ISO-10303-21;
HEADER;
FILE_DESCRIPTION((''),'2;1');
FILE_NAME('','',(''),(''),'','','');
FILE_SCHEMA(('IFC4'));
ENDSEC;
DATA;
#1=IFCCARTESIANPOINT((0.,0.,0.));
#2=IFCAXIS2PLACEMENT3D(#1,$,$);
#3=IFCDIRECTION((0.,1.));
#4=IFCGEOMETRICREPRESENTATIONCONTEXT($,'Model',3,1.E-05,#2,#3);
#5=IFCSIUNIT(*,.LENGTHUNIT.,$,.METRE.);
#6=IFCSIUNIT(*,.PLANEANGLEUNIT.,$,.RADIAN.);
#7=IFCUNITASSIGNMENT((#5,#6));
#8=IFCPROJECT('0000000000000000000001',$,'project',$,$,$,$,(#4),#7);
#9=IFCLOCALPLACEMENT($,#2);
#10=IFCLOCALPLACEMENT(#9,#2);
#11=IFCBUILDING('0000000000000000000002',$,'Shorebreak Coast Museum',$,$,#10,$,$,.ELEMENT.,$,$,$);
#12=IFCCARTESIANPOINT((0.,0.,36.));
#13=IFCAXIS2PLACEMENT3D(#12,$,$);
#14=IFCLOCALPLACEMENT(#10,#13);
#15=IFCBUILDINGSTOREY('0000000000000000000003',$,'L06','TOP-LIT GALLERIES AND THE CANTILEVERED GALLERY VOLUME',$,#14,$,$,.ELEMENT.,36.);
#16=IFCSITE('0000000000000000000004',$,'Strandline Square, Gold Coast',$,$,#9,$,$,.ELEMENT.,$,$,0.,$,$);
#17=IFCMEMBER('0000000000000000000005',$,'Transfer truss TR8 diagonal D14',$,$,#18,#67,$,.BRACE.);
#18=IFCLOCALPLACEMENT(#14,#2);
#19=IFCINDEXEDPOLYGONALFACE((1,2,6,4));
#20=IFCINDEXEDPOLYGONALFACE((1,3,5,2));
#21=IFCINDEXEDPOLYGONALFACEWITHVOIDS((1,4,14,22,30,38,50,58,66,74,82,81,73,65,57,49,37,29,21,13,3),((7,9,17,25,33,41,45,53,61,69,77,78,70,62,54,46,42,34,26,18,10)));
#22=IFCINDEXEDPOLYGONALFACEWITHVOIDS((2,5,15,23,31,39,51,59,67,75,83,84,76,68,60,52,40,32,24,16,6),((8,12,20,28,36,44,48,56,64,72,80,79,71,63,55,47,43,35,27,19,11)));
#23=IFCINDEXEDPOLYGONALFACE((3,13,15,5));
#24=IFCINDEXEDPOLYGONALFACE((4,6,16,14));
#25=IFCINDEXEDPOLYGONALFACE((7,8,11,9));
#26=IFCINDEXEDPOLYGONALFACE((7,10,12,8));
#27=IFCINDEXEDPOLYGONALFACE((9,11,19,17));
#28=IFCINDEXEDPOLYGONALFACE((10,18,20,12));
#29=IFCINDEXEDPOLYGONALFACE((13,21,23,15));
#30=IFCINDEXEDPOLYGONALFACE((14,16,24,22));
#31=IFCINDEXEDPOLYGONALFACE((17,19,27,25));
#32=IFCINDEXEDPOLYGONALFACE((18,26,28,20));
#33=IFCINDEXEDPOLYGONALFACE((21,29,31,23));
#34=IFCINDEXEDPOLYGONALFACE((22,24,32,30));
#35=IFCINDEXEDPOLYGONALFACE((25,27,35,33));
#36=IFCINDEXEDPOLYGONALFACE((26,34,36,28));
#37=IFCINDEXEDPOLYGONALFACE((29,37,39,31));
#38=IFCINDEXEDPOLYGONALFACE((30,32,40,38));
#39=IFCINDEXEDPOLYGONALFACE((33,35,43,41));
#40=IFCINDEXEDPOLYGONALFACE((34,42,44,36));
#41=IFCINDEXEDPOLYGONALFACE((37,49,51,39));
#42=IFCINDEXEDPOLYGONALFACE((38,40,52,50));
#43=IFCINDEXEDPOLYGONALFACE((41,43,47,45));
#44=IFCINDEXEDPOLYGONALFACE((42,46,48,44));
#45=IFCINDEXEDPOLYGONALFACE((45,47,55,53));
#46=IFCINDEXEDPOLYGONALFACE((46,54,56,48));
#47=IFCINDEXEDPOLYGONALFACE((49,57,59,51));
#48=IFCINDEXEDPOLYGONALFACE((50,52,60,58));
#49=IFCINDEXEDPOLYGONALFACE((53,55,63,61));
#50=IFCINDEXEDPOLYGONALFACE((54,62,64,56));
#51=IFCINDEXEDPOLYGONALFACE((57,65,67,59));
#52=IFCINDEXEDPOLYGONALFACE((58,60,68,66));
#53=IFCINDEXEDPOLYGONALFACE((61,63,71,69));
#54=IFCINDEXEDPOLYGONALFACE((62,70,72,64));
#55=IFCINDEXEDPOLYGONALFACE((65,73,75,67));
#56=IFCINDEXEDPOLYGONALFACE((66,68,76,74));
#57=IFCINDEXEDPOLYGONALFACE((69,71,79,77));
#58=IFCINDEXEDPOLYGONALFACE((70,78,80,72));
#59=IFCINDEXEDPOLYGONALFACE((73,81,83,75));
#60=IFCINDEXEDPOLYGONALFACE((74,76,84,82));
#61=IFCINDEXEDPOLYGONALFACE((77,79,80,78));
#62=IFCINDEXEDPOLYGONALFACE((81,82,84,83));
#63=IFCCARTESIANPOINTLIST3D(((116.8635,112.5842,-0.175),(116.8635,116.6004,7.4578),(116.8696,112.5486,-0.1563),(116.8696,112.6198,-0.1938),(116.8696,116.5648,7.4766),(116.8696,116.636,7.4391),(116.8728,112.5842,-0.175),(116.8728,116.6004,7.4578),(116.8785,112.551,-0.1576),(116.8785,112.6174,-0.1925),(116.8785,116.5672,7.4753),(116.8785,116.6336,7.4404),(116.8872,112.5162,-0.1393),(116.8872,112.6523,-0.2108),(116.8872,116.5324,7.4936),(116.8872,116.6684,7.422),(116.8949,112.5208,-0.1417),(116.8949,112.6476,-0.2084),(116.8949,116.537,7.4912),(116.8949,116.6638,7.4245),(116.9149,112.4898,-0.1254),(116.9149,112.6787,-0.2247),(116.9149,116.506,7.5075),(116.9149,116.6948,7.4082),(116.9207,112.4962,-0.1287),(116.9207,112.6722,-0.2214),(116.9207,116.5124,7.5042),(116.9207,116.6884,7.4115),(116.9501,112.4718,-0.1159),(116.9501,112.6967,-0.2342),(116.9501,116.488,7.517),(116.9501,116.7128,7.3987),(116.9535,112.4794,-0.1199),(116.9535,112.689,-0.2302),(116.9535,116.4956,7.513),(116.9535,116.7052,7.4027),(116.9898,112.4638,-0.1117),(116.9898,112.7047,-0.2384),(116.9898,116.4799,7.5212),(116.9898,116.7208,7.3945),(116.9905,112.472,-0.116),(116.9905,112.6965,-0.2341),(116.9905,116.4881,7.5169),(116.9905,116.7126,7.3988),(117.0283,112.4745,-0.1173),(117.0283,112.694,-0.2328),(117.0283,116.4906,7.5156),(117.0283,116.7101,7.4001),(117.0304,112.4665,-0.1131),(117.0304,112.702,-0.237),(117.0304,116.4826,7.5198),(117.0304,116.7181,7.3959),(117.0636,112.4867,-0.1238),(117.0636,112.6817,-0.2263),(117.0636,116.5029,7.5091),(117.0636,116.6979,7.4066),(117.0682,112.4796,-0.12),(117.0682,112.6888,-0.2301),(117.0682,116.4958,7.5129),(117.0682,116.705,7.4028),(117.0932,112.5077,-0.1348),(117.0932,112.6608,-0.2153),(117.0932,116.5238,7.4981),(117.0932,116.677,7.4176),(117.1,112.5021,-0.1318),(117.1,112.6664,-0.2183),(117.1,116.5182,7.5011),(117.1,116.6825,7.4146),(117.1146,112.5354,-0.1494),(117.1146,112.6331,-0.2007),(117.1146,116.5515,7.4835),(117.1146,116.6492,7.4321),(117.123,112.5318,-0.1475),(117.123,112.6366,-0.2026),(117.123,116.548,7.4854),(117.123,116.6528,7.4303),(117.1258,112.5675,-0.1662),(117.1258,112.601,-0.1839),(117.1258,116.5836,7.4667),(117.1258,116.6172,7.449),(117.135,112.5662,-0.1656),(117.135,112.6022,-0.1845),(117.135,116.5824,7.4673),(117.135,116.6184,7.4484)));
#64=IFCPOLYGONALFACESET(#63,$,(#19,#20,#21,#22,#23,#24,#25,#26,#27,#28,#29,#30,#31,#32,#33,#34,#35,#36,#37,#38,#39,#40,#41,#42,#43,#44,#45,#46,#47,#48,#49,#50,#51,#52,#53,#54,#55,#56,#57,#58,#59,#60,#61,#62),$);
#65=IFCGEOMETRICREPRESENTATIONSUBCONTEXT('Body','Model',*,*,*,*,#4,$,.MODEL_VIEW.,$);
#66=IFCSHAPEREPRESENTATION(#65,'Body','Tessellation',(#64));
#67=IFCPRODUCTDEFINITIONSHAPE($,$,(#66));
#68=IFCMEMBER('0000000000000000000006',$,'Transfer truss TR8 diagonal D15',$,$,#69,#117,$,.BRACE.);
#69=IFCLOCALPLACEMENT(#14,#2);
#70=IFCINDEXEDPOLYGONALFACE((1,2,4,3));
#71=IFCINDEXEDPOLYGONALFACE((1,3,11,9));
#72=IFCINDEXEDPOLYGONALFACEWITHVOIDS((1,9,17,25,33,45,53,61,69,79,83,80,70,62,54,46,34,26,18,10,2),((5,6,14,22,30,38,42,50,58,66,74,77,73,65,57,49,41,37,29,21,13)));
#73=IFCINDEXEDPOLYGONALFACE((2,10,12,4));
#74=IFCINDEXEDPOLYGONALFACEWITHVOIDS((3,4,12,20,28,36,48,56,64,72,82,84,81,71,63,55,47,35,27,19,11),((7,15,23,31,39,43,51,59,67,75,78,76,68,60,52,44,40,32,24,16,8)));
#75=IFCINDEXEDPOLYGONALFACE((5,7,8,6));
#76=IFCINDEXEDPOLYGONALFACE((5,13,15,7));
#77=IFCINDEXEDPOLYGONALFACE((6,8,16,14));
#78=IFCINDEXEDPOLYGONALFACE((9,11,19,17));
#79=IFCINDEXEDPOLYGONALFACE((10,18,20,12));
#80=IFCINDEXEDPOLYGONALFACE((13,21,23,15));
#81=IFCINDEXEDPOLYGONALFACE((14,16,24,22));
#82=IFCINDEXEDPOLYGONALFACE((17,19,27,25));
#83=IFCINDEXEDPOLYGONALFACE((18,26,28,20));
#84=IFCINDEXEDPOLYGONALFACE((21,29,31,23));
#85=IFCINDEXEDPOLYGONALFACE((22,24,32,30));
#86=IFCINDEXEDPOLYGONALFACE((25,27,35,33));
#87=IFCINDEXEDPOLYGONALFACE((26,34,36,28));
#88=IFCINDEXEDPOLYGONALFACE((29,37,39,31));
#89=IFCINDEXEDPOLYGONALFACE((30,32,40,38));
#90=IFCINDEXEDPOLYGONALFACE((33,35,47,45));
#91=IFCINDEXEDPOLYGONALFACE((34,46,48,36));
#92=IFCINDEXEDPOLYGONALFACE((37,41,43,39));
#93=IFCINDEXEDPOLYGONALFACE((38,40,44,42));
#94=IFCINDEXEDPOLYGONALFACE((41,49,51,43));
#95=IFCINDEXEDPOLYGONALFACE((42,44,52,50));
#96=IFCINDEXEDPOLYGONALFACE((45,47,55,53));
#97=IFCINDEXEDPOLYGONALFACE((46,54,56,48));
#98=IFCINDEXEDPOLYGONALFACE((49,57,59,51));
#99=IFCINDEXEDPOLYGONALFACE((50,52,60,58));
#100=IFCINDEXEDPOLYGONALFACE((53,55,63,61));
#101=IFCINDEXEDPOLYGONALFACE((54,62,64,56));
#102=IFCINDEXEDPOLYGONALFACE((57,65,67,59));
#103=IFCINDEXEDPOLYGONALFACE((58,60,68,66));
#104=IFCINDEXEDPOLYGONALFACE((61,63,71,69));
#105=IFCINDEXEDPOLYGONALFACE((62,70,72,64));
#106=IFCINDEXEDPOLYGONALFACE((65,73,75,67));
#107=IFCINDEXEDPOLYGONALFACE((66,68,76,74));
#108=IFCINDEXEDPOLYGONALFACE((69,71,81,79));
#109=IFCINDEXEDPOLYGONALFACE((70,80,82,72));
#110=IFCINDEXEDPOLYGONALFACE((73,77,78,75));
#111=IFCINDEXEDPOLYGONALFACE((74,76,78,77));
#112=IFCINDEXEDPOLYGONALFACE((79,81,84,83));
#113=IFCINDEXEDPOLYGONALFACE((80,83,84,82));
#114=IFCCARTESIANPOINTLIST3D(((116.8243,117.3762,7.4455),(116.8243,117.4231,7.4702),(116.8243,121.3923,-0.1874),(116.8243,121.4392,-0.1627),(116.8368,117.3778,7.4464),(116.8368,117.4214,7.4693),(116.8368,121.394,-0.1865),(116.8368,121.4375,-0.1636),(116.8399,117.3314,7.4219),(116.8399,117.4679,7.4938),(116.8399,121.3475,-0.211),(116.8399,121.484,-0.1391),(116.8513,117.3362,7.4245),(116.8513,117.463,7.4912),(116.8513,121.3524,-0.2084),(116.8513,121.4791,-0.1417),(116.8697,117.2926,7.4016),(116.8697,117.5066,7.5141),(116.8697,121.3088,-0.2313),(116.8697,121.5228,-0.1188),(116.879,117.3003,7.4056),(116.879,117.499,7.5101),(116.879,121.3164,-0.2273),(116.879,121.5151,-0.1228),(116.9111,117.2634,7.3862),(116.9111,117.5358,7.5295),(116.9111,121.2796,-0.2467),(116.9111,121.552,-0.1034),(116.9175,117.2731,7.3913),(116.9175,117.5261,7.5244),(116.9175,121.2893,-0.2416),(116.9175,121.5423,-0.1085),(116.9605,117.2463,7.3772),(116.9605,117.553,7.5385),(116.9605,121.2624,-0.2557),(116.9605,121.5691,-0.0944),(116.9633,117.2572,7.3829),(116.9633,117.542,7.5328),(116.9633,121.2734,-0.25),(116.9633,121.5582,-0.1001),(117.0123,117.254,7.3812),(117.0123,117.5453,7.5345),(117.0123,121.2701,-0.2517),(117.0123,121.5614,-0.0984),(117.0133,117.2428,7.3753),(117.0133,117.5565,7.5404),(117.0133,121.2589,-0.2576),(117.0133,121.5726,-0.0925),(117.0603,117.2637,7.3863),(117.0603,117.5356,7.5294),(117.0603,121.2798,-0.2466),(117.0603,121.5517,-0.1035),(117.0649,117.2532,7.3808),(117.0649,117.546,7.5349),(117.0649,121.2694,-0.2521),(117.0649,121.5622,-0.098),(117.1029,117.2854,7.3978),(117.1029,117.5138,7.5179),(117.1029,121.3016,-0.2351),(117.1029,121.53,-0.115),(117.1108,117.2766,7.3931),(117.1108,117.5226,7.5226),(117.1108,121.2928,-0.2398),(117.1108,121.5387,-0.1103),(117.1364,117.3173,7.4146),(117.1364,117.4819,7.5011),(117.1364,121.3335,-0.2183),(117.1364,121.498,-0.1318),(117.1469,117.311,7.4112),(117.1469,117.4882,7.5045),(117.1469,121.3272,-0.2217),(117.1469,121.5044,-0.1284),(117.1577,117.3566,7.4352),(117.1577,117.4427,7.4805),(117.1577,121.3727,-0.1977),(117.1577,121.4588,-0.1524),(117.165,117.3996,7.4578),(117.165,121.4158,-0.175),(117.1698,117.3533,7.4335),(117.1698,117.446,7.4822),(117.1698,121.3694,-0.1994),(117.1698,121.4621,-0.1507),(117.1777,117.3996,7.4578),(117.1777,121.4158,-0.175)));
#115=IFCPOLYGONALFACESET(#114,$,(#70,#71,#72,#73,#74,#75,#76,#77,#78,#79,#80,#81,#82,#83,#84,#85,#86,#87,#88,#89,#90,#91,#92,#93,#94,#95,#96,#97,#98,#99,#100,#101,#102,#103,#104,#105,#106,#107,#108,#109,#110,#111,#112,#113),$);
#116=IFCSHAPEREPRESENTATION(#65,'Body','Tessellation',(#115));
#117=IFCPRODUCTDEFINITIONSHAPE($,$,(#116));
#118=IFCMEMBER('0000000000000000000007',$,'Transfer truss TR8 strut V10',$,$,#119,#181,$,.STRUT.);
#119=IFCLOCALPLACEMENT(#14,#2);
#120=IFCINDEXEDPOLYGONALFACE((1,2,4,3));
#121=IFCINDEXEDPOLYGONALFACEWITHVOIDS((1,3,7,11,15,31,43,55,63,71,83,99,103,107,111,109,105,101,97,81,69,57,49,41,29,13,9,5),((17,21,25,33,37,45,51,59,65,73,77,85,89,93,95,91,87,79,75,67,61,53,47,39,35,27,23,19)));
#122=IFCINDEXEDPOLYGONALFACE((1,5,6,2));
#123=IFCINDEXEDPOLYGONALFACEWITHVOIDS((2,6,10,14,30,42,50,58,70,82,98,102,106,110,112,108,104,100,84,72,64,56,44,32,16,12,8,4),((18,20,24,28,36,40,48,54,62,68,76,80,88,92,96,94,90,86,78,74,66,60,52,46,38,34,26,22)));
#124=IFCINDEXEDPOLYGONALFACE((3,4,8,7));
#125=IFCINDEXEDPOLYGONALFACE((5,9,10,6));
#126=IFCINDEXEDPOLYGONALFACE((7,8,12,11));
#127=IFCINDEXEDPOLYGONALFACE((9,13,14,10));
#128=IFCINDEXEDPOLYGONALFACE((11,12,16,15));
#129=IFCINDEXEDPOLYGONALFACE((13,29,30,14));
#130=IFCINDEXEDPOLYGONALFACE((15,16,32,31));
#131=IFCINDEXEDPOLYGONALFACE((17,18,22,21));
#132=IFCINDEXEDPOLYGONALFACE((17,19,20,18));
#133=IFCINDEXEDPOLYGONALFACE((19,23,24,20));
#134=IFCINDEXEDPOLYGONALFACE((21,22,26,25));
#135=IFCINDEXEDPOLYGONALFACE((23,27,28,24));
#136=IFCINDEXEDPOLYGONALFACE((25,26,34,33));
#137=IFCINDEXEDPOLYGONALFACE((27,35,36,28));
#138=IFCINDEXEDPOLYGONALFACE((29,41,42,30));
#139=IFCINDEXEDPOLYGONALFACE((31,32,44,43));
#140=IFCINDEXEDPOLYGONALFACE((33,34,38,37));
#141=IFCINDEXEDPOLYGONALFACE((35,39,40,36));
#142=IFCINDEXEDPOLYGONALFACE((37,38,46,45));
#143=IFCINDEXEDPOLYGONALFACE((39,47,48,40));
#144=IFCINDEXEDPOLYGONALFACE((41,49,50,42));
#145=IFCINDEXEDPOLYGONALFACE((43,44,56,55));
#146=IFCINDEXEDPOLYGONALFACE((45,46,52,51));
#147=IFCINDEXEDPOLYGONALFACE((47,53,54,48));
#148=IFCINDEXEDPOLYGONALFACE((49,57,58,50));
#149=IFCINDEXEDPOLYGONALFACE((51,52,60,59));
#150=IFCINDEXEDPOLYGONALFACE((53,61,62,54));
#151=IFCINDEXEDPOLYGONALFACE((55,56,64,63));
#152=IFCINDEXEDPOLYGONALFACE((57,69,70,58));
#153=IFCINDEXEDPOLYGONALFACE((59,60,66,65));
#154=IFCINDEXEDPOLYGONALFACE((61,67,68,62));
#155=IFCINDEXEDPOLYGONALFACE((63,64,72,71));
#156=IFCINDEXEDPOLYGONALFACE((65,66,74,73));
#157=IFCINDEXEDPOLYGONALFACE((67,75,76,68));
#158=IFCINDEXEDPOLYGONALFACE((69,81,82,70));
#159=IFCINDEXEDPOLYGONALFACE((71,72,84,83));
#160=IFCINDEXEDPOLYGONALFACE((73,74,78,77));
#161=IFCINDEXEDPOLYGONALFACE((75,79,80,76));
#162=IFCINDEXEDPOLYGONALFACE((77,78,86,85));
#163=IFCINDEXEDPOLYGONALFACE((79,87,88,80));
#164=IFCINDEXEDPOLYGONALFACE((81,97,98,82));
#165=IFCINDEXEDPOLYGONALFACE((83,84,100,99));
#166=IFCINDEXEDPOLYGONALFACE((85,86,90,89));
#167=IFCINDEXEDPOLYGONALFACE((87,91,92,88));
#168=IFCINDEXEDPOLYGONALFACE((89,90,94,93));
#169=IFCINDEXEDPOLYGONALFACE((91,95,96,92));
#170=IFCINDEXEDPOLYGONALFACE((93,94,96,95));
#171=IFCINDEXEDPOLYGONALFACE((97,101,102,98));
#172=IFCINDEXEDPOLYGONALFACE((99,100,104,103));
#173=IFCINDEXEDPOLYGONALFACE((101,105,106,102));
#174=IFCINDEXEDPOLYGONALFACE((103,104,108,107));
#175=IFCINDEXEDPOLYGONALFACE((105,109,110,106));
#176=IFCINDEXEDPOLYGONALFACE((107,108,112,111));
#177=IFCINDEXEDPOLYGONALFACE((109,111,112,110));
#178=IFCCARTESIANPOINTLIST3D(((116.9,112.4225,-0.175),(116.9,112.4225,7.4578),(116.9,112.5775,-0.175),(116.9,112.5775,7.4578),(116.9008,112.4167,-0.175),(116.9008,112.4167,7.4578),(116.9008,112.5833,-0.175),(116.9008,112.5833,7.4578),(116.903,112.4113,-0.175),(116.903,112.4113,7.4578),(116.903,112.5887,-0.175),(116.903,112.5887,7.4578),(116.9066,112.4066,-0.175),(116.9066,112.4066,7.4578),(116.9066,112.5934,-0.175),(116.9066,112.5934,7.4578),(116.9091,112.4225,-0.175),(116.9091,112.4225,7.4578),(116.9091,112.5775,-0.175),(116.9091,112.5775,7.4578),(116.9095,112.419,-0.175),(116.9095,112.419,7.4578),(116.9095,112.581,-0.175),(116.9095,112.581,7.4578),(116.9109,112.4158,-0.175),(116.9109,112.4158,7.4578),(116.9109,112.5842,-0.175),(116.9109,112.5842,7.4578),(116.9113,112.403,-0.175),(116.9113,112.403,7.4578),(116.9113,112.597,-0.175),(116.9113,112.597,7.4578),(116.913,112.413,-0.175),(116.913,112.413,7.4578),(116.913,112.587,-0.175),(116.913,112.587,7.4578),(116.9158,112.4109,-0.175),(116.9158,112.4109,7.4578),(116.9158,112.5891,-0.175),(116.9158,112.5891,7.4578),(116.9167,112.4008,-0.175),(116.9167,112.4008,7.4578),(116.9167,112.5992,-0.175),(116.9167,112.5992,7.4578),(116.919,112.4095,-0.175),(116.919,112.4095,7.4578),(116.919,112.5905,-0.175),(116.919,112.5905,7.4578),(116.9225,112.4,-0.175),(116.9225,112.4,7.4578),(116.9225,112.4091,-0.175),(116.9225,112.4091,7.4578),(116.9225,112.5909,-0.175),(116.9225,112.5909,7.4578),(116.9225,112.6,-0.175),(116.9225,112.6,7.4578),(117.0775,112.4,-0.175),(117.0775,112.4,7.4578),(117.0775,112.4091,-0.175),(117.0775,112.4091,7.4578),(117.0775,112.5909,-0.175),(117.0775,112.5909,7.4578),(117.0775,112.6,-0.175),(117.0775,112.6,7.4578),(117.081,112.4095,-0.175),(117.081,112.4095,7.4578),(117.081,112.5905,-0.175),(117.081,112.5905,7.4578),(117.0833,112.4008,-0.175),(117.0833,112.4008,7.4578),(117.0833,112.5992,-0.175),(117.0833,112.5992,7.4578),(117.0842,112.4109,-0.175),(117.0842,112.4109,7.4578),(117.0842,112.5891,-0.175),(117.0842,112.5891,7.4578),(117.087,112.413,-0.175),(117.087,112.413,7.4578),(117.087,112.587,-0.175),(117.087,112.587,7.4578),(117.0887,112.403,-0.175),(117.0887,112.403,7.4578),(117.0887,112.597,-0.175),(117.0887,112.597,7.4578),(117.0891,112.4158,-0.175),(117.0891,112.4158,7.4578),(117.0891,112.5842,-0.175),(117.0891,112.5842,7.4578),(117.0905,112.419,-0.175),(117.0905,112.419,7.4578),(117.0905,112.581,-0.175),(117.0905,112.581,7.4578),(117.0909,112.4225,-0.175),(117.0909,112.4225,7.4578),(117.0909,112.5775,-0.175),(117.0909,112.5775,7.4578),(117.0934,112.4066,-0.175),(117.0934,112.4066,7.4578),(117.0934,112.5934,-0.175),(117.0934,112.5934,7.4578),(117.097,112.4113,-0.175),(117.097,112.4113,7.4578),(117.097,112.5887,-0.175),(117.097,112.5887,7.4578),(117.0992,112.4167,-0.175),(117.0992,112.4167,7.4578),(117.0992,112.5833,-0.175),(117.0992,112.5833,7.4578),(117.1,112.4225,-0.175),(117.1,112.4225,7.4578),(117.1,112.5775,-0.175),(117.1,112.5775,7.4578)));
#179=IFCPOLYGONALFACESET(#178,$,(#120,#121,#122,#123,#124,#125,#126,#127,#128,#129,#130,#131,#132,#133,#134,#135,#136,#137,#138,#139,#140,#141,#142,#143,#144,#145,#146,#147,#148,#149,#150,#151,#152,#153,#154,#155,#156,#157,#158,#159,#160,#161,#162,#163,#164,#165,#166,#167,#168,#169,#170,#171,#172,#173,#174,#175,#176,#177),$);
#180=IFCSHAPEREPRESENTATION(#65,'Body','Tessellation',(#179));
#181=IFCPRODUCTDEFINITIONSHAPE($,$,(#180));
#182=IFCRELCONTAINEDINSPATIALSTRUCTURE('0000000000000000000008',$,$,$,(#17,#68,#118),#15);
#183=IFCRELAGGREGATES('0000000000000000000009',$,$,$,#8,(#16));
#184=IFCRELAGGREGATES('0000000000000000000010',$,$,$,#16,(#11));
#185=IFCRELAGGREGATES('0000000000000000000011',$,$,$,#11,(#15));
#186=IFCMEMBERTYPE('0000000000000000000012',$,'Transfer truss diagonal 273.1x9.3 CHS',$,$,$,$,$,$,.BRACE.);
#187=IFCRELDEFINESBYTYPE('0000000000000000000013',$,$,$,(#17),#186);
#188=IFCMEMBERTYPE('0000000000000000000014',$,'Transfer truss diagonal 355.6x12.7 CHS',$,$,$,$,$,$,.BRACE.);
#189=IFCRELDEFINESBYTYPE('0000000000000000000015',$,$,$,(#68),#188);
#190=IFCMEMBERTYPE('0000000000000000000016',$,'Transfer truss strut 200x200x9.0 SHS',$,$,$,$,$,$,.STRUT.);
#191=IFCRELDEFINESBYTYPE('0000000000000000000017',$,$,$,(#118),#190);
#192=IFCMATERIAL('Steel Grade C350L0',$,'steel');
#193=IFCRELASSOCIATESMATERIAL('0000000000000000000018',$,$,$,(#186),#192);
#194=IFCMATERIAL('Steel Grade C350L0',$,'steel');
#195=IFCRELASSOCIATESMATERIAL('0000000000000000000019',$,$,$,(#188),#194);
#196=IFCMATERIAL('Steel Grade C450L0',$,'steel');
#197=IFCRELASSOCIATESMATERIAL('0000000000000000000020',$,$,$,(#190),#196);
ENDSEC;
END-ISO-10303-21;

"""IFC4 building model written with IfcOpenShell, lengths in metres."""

from ifc_helpers import new_model, si_unit, direction, frame, origin, origin_2d, place, context, subcontext, project, spatial, hollow_rectangle, hollow_circle, extrude, material, material_profile, profile_set, type_object, element, save


model = new_model("IFC4")

# Units and contexts
model_context = context("Model", 3, precision=1e-05, world=origin(), true_north=direction((0.0, 1.0)))
body_context = subcontext(model_context, "Body", "Model", "MODEL_VIEW")
ifc_project = project(units=[si_unit("LENGTHUNIT", "METRE"), si_unit("PLANEANGLEUNIT", "RADIAN")], contexts=[model_context])

# Site, building, storey
site_placement = place(None, origin())
site = spatial("IfcSite", under=ifc_project, at=site_placement, Name="Strandline Square, Gold Coast", CompositionType="ELEMENT", RefElevation=0.0)
building_placement = place(site_placement, origin())
building = spatial("IfcBuilding", under=site, at=building_placement, Name="Shorebreak Coast Museum", CompositionType="ELEMENT")
storey_placement = place(building_placement, frame((0.0, 0.0, 36.0)))
storey = spatial("IfcBuildingStorey", under=building, at=storey_placement, Name="L06", Description="TOP-LIT GALLERIES AND THE CANTILEVERED GALLERY VOLUME", CompositionType="ELEMENT", Elevation=36.0)

# Members
ifc_material_1 = material(Name="Steel Grade C350L0", Category="steel")
ifc_material_profile_1 = material_profile(ifc_material_1, hollow_circle(Radius=0.1365, WallThickness=0.0093, at=origin_2d()), Name="273.1x9.3 CHS")
ifc_profile_set_1 = profile_set([ifc_material_profile_1], Name="Steel Grade C350L0")
member_type_1 = type_object("IfcMemberType", Name="Transfer truss diagonal 273.1x9.3 CHS", PredefinedType="BRACE", material=ifc_profile_set_1)
member_1_placement = place(storey_placement, frame((117.0, 112.5842, -0.175), z_axis=(0.0, 0.465641, 0.884973), x_axis=(-1.0, 0.0, 0.0)))
element("IfcMember", 1, at=member_1_placement, inside=storey, type_object=member_type_1, Name="Transfer truss TR8 diagonal D14", PredefinedType="BRACE", context=body_context, shape_type="SweptSolid", body=[
    extrude(hollow_circle(Radius=0.1365, WallThickness=0.0093, at=origin_2d()), origin(), (0.0, 0.0, 1.0), 8.625),
])
ifc_material_2 = material(Name="Steel Grade C350L0", Category="steel")
ifc_material_profile_2 = material_profile(ifc_material_2, hollow_circle(Radius=0.1777, WallThickness=0.0127, at=origin_2d()), Name="355.6x12.7 CHS")
ifc_profile_set_2 = profile_set([ifc_material_profile_2], Name="Steel Grade C350L0")
member_type_2 = type_object("IfcMemberType", Name="Transfer truss diagonal 355.6x12.7 CHS", PredefinedType="BRACE", material=ifc_profile_set_2)
member_2_placement = place(storey_placement, frame((117.0, 121.4158, -0.175), z_axis=(0.0, -0.465641, 0.884973), x_axis=(1.0, 0.0, 0.0)))
element("IfcMember", 2, at=member_2_placement, inside=storey, type_object=member_type_2, Name="Transfer truss TR8 diagonal D15", PredefinedType="BRACE", context=body_context, shape_type="SweptSolid", body=[
    extrude(hollow_circle(Radius=0.1777, WallThickness=0.0127, at=origin_2d()), origin(), (0.0, 0.0, 1.0), 8.625),
])
ifc_material_3 = material(Name="Steel Grade C450L0", Category="steel")
ifc_material_profile_3 = material_profile(ifc_material_3, hollow_rectangle(XDim=0.2, YDim=0.2, WallThickness=0.009, InnerFilletRadius=0.0134, OuterFilletRadius=0.0225, at=origin_2d()), Name="200x200x9.0 SHS")
ifc_profile_set_3 = profile_set([ifc_material_profile_3], Name="Steel Grade C450L0")
member_type_3 = type_object("IfcMemberType", Name="Transfer truss strut 200x200x9.0 SHS", PredefinedType="STRUT", material=ifc_profile_set_3)
member_3_placement = place(storey_placement, frame((117.0, 112.5, -0.175), z_axis=(0.0, 0.0, 1.0), x_axis=(1.0, 0.0, 0.0)))
element("IfcMember", 3, at=member_3_placement, inside=storey, type_object=member_type_3, Name="Transfer truss TR8 strut V10", PredefinedType="STRUT", context=body_context, shape_type="SweptSolid", body=[
    extrude(hollow_rectangle(XDim=0.2, YDim=0.2, WallThickness=0.009, InnerFilletRadius=0.0134, OuterFilletRadius=0.0225, at=origin_2d()), origin(), (0.0, 0.0, 1.0), 7.6328),
])

save(model, "model.ifc")
